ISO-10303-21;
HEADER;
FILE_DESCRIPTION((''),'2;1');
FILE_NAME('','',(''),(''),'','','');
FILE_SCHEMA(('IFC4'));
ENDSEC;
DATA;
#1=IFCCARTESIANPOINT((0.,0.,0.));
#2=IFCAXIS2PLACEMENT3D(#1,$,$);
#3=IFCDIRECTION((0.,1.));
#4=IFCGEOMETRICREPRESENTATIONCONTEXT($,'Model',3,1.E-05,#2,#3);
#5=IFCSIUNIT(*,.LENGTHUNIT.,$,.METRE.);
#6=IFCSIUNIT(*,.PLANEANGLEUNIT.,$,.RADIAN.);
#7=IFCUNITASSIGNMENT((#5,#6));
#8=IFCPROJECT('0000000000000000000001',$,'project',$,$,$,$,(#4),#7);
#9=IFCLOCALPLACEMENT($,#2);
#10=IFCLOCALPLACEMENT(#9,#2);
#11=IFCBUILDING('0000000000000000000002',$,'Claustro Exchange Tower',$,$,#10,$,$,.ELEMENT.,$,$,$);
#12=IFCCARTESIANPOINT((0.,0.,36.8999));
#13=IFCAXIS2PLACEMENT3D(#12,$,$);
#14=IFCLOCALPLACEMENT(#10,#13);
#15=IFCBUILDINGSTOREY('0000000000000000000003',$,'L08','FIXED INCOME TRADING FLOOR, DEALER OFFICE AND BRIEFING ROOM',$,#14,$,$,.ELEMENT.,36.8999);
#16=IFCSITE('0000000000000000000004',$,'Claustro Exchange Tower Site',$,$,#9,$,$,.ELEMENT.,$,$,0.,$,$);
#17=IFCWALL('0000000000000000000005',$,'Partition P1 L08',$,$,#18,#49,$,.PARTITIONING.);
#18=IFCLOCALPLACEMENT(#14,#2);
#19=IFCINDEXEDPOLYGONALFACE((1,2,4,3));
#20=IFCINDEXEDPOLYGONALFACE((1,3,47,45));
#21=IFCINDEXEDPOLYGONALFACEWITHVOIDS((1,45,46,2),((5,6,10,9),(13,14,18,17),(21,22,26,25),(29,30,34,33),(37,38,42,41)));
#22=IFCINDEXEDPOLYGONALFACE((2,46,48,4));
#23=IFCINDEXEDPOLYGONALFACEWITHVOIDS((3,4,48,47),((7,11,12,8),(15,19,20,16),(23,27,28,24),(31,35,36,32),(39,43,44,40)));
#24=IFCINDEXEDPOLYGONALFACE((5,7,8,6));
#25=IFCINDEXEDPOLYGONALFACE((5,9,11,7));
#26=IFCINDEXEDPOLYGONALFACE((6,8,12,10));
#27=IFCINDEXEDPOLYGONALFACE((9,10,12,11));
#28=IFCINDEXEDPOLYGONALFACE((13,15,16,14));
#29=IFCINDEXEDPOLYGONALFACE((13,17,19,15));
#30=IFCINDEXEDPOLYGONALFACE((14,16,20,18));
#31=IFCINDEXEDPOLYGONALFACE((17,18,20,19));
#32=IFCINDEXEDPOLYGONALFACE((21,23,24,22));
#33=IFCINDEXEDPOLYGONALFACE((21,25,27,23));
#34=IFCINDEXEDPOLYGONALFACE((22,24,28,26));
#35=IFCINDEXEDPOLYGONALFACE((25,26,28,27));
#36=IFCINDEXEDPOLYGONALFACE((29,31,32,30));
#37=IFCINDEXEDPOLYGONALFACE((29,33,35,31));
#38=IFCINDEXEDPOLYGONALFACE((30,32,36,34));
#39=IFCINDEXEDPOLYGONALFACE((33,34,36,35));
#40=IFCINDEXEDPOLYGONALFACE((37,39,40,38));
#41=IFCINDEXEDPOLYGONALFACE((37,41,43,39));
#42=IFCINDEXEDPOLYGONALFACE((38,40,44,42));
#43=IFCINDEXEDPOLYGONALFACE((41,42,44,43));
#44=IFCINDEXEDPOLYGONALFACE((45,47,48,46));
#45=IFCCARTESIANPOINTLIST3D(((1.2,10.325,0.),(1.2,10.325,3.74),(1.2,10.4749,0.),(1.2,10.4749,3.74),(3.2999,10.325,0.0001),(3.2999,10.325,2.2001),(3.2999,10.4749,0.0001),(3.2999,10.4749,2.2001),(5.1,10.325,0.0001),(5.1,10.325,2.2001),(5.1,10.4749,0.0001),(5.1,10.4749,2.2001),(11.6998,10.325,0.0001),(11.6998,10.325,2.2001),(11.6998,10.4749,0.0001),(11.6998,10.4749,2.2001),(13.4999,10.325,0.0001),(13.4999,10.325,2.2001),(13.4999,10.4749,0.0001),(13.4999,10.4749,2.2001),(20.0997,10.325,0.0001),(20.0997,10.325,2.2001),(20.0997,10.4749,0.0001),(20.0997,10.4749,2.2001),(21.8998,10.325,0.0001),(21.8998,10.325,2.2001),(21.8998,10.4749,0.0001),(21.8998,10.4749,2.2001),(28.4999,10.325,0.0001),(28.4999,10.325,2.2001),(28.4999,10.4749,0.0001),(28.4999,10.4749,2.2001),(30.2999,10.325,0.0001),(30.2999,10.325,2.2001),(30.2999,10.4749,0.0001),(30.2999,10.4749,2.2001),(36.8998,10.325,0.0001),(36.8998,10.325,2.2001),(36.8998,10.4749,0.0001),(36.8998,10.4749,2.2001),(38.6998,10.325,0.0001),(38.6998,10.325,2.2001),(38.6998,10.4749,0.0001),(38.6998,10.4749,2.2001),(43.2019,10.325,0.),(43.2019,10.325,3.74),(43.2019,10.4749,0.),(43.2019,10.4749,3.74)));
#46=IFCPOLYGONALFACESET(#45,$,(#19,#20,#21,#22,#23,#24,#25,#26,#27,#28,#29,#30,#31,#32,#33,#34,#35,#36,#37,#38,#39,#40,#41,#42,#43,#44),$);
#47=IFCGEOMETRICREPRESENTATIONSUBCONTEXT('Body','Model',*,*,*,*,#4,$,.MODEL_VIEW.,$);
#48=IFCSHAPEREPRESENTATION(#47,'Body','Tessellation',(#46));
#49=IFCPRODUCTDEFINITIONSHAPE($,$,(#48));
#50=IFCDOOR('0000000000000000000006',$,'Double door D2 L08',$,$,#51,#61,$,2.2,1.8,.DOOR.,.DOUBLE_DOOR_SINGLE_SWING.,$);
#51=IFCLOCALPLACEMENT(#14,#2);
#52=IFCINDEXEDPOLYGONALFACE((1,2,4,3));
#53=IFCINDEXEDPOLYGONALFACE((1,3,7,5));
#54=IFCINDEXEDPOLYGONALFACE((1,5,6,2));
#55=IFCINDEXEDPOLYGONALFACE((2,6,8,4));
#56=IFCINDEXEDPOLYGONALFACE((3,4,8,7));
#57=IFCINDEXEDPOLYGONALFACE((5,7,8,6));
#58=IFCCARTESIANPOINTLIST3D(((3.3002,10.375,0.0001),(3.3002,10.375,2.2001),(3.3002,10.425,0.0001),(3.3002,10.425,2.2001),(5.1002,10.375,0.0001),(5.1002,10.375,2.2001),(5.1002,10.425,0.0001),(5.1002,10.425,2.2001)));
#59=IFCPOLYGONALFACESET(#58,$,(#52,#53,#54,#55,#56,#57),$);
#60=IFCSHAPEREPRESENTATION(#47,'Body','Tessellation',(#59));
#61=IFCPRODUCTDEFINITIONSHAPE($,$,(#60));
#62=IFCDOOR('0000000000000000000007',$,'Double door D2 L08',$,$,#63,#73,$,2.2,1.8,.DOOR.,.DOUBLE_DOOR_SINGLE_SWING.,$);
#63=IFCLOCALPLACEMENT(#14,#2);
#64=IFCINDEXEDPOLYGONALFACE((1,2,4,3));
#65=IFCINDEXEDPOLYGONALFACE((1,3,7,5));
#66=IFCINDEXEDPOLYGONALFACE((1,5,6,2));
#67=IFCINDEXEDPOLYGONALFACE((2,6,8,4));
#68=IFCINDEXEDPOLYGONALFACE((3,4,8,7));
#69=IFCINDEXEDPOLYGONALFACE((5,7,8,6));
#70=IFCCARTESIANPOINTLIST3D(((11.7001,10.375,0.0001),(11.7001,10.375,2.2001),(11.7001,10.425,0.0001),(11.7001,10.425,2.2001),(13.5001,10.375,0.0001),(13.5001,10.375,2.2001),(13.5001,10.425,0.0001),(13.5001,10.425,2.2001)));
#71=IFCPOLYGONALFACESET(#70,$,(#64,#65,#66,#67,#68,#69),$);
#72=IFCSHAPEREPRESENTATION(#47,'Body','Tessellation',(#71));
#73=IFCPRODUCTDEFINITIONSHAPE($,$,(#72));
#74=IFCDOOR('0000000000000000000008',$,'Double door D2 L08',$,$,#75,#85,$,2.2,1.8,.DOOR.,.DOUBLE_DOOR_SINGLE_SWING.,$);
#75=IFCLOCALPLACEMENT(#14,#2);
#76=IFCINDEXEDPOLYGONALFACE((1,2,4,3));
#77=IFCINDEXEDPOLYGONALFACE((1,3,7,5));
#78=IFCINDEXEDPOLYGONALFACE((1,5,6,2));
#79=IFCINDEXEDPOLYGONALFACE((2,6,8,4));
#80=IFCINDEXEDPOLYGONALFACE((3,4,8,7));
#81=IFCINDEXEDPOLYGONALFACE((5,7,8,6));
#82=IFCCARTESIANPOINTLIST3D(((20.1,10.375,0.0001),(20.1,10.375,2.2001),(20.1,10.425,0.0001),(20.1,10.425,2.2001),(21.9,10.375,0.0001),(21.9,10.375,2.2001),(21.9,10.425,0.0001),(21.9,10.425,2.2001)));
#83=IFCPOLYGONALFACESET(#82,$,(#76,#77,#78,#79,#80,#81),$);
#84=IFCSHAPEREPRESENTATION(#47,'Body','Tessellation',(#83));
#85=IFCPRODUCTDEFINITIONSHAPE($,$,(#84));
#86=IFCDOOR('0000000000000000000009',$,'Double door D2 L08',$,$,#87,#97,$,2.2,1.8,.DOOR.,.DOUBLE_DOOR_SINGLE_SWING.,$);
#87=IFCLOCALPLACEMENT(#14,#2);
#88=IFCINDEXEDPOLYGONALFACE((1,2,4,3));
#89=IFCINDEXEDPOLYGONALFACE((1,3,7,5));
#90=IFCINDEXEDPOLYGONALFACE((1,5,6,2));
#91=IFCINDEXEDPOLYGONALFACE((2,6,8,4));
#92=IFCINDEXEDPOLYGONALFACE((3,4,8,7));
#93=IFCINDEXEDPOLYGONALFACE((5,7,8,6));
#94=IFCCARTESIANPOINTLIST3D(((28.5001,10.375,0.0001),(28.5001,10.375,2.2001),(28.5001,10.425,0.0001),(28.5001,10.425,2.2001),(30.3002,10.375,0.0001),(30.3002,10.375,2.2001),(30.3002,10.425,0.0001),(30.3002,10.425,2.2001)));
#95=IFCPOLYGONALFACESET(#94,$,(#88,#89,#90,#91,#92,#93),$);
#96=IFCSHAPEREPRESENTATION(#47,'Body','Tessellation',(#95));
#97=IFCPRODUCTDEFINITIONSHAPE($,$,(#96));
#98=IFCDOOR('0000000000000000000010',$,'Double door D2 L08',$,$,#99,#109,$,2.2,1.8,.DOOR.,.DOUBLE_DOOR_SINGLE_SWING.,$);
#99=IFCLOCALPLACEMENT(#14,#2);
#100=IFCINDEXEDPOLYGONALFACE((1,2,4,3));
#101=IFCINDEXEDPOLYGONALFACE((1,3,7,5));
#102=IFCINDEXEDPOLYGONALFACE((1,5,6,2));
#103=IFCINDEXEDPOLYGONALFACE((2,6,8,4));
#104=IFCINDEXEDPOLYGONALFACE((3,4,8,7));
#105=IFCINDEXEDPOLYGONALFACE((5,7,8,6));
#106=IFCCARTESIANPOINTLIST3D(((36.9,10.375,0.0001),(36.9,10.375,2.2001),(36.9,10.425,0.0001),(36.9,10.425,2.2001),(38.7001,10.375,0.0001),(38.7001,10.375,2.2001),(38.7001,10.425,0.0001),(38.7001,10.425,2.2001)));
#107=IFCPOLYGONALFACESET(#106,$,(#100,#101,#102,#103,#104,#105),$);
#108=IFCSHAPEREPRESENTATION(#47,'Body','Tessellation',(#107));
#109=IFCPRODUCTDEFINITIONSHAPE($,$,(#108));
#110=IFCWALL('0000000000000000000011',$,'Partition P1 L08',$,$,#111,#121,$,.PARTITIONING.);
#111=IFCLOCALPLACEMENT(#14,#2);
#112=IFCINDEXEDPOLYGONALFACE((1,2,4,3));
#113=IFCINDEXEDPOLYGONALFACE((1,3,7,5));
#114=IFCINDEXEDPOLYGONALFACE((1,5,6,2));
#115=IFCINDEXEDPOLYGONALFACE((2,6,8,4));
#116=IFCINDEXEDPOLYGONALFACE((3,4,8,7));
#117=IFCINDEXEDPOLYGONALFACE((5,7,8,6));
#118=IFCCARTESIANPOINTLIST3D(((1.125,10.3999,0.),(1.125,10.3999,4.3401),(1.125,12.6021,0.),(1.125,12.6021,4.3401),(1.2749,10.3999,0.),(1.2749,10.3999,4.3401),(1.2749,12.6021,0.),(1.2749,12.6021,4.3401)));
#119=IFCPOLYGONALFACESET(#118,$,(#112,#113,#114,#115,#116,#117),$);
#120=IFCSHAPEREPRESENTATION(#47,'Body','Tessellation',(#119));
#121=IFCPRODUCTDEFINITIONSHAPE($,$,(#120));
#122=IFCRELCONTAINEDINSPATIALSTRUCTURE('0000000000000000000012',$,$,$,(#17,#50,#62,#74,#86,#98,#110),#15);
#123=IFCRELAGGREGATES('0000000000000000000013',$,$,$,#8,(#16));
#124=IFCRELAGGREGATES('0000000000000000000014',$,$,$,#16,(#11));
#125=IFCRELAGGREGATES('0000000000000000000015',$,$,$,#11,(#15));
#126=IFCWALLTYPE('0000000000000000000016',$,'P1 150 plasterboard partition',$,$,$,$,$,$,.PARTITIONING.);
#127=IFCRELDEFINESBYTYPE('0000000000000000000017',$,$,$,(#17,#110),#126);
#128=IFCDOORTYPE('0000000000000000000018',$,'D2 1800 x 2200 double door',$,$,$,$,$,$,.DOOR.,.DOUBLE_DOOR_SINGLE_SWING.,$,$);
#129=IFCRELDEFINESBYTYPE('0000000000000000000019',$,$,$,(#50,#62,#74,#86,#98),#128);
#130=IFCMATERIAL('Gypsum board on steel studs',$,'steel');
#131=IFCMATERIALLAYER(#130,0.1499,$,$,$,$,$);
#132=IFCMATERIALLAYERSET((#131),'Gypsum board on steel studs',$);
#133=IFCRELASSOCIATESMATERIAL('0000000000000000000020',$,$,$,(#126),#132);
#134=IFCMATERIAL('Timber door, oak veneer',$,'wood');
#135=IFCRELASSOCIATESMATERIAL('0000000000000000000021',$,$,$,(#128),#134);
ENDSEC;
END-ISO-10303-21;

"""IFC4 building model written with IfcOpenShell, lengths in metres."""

from ifc_helpers import new_model, si_unit, direction, frame, frame_2d, origin, place, context, subcontext, project, spatial, rectangle, extrude, material, layer, layer_set, type_object, element, fill, save


model = new_model("IFC4")

# Units and contexts
model_context = context("Model", 3, precision=1e-05, world=origin(), true_north=direction((0.0, 1.0)))
body_context = subcontext(model_context, "Body", "Model", "MODEL_VIEW")
ifc_project = project(units=[si_unit("LENGTHUNIT", "METRE"), si_unit("PLANEANGLEUNIT", "RADIAN")], contexts=[model_context])

# Site, building, storey
site_placement = place(None, origin())
site = spatial("IfcSite", under=ifc_project, at=site_placement, Name="Claustro Exchange Tower Site", CompositionType="ELEMENT", RefElevation=0.0)
building_placement = place(site_placement, origin())
building = spatial("IfcBuilding", under=site, at=building_placement, Name="Claustro Exchange Tower", CompositionType="ELEMENT")
storey_placement = place(building_placement, frame((0.0, 0.0, 36.8999)))
storey = spatial("IfcBuildingStorey", under=building, at=storey_placement, Name="L08", Description="FIXED INCOME TRADING FLOOR, DEALER OFFICE AND BRIEFING ROOM", CompositionType="ELEMENT", Elevation=36.8999)

# Wall, openings, doors
ifc_material_1 = material(Name="Gypsum board on steel studs", Category="steel")
ifc_layer_1 = layer(ifc_material_1, 0.1499)
ifc_layer_set_1 = layer_set([ifc_layer_1], Name="Gypsum board on steel studs")
wall_type_1 = type_object("IfcWallType", Name="P1 150 plasterboard partition", PredefinedType="PARTITIONING", material=ifc_layer_set_1)
wall_1_placement = place(storey_placement, frame((1.2, 10.3999, 0.0), z_axis=(0.0, 0.0, 1.0), x_axis=(1.0, 0.0, 0.0)))
wall_1 = element("IfcWall", 1, at=wall_1_placement, inside=storey, type_object=wall_type_1, Name="Partition P1 L08", PredefinedType="PARTITIONING", context=body_context, shape_type="SweptSolid", body=[
    extrude(rectangle(XDim=42.002, YDim=0.1499, at=frame_2d((21.001, 0.0))), origin(), (0.0, 0.0, 1.0), 3.74),
])
opening_1_placement = place(wall_1_placement, frame((2.1001, 0.0, 0.0)))
opening_1 = element("IfcOpeningElement", 2, at=opening_1_placement, cuts=wall_1, PredefinedType="OPENING", context=body_context, shape_type="SweptSolid", body=[
    extrude(rectangle(XDim=1.8, YDim=2.2, at=frame_2d((0.8999, 1.1001))), frame((0.0, 0.085, 0.0), z_axis=(0.0, -1.0, 0.0), x_axis=(1.0, 0.0, 0.0)), (0.0, 0.0, 1.0), 0.1699),
])
opening_2_placement = place(wall_1_placement, frame((10.5, 0.0, 0.0)))
opening_2 = element("IfcOpeningElement", 3, at=opening_2_placement, cuts=wall_1, PredefinedType="OPENING", context=body_context, shape_type="SweptSolid", body=[
    extrude(rectangle(XDim=1.8, YDim=2.2, at=frame_2d((0.8999, 1.1001))), frame((0.0, 0.085, 0.0), z_axis=(0.0, -1.0, 0.0), x_axis=(1.0, 0.0, 0.0)), (0.0, 0.0, 1.0), 0.1699),
])
opening_3_placement = place(wall_1_placement, frame((18.8999, 0.0, 0.0)))
opening_3 = element("IfcOpeningElement", 4, at=opening_3_placement, cuts=wall_1, PredefinedType="OPENING", context=body_context, shape_type="SweptSolid", body=[
    extrude(rectangle(XDim=1.8, YDim=2.2, at=frame_2d((0.8999, 1.1001))), frame((0.0, 0.085, 0.0), z_axis=(0.0, -1.0, 0.0), x_axis=(1.0, 0.0, 0.0)), (0.0, 0.0, 1.0), 0.1699),
])
opening_4_placement = place(wall_1_placement, frame((27.3, 0.0, 0.0)))
opening_4 = element("IfcOpeningElement", 5, at=opening_4_placement, cuts=wall_1, PredefinedType="OPENING", context=body_context, shape_type="SweptSolid", body=[
    extrude(rectangle(XDim=1.8, YDim=2.2, at=frame_2d((0.8999, 1.1001))), frame((0.0, 0.085, 0.0), z_axis=(0.0, -1.0, 0.0), x_axis=(1.0, 0.0, 0.0)), (0.0, 0.0, 1.0), 0.1699),
])
opening_5_placement = place(wall_1_placement, frame((35.7, 0.0, 0.0)))
opening_5 = element("IfcOpeningElement", 6, at=opening_5_placement, cuts=wall_1, PredefinedType="OPENING", context=body_context, shape_type="SweptSolid", body=[
    extrude(rectangle(XDim=1.8, YDim=2.2, at=frame_2d((0.8999, 1.1001))), frame((0.0, 0.085, 0.0), z_axis=(0.0, -1.0, 0.0), x_axis=(1.0, 0.0, 0.0)), (0.0, 0.0, 1.0), 0.1699),
])
ifc_material_2 = material(Name="Timber door, oak veneer", Category="wood")
door_type_1 = type_object("IfcDoorType", Name="D2 1800 x 2200 double door", OperationType="DOUBLE_DOOR_SINGLE_SWING", PredefinedType="DOOR", material=ifc_material_2)
door_1_placement = place(opening_1_placement, frame((1.8, 0.0, 0.0), z_axis=(0.0, 0.0, 1.0), x_axis=(-1.0, 0.0, 0.0)))
door_1 = element("IfcDoor", 7, at=door_1_placement, inside=storey, type_object=door_type_1, Name="Double door D2 L08", OperationType="DOUBLE_DOOR_SINGLE_SWING", OverallHeight=2.2, OverallWidth=1.8, PredefinedType="DOOR", context=body_context, shape_type="SweptSolid", body=[
    extrude(rectangle(XDim=1.8, YDim=2.2, at=frame_2d((0.8999, 1.1001))), frame((0.0, 0.0249, 0.0), z_axis=(0.0, -1.0, 0.0), x_axis=(1.0, 0.0, 0.0)), (0.0, 0.0, 1.0), 0.05),
])
fill(opening_1, door_1)
door_2_placement = place(opening_2_placement, frame((1.8, 0.0, 0.0), z_axis=(0.0, 0.0, 1.0), x_axis=(-1.0, 0.0, 0.0)))
door_2 = element("IfcDoor", 8, at=door_2_placement, inside=storey, type_object=door_type_1, Name="Double door D2 L08", OperationType="DOUBLE_DOOR_SINGLE_SWING", OverallHeight=2.2, OverallWidth=1.8, PredefinedType="DOOR", context=body_context, shape_type="SweptSolid", body=[
    extrude(rectangle(XDim=1.8, YDim=2.2, at=frame_2d((0.8999, 1.1001))), frame((0.0, 0.0249, 0.0), z_axis=(0.0, -1.0, 0.0), x_axis=(1.0, 0.0, 0.0)), (0.0, 0.0, 1.0), 0.05),
])
fill(opening_2, door_2)
door_3_placement = place(opening_3_placement, frame((1.8, 0.0, 0.0), z_axis=(0.0, 0.0, 1.0), x_axis=(-1.0, 0.0, 0.0)))
door_3 = element("IfcDoor", 9, at=door_3_placement, inside=storey, type_object=door_type_1, Name="Double door D2 L08", OperationType="DOUBLE_DOOR_SINGLE_SWING", OverallHeight=2.2, OverallWidth=1.8, PredefinedType="DOOR", context=body_context, shape_type="SweptSolid", body=[
    extrude(rectangle(XDim=1.8, YDim=2.2, at=frame_2d((0.8999, 1.1001))), frame((0.0, 0.0249, 0.0), z_axis=(0.0, -1.0, 0.0), x_axis=(1.0, 0.0, 0.0)), (0.0, 0.0, 1.0), 0.05),
])
fill(opening_3, door_3)
door_4_placement = place(opening_4_placement, frame((1.8, 0.0, 0.0), z_axis=(0.0, 0.0, 1.0), x_axis=(-1.0, 0.0, 0.0)))
door_4 = element("IfcDoor", 10, at=door_4_placement, inside=storey, type_object=door_type_1, Name="Double door D2 L08", OperationType="DOUBLE_DOOR_SINGLE_SWING", OverallHeight=2.2, OverallWidth=1.8, PredefinedType="DOOR", context=body_context, shape_type="SweptSolid", body=[
    extrude(rectangle(XDim=1.8, YDim=2.2, at=frame_2d((0.8999, 1.1001))), frame((0.0, 0.0249, 0.0), z_axis=(0.0, -1.0, 0.0), x_axis=(1.0, 0.0, 0.0)), (0.0, 0.0, 1.0), 0.05),
])
fill(opening_4, door_4)
door_5_placement = place(opening_5_placement, frame((1.8, 0.0, 0.0), z_axis=(0.0, 0.0, 1.0), x_axis=(-1.0, 0.0, 0.0)))
door_5 = element("IfcDoor", 11, at=door_5_placement, inside=storey, type_object=door_type_1, Name="Double door D2 L08", OperationType="DOUBLE_DOOR_SINGLE_SWING", OverallHeight=2.2, OverallWidth=1.8, PredefinedType="DOOR", context=body_context, shape_type="SweptSolid", body=[
    extrude(rectangle(XDim=1.8, YDim=2.2, at=frame_2d((0.8999, 1.1001))), frame((0.0, 0.0249, 0.0), z_axis=(0.0, -1.0, 0.0), x_axis=(1.0, 0.0, 0.0)), (0.0, 0.0, 1.0), 0.05),
])
fill(opening_5, door_5)

# Wall
wall_2_placement = place(storey_placement, frame((1.2, 10.3999, 0.0), z_axis=(0.0, 0.0, 1.0), x_axis=(0.0, 1.0, 0.0)))
element("IfcWall", 12, at=wall_2_placement, inside=storey, type_object=wall_type_1, Name="Partition P1 L08", PredefinedType="PARTITIONING", context=body_context, shape_type="SweptSolid", body=[
    extrude(rectangle(XDim=2.2021, YDim=0.1499, at=frame_2d((1.1011, 0.0))), origin(), (0.0, 0.0, 1.0), 4.3401),
])

save(model, "model.ifc")
